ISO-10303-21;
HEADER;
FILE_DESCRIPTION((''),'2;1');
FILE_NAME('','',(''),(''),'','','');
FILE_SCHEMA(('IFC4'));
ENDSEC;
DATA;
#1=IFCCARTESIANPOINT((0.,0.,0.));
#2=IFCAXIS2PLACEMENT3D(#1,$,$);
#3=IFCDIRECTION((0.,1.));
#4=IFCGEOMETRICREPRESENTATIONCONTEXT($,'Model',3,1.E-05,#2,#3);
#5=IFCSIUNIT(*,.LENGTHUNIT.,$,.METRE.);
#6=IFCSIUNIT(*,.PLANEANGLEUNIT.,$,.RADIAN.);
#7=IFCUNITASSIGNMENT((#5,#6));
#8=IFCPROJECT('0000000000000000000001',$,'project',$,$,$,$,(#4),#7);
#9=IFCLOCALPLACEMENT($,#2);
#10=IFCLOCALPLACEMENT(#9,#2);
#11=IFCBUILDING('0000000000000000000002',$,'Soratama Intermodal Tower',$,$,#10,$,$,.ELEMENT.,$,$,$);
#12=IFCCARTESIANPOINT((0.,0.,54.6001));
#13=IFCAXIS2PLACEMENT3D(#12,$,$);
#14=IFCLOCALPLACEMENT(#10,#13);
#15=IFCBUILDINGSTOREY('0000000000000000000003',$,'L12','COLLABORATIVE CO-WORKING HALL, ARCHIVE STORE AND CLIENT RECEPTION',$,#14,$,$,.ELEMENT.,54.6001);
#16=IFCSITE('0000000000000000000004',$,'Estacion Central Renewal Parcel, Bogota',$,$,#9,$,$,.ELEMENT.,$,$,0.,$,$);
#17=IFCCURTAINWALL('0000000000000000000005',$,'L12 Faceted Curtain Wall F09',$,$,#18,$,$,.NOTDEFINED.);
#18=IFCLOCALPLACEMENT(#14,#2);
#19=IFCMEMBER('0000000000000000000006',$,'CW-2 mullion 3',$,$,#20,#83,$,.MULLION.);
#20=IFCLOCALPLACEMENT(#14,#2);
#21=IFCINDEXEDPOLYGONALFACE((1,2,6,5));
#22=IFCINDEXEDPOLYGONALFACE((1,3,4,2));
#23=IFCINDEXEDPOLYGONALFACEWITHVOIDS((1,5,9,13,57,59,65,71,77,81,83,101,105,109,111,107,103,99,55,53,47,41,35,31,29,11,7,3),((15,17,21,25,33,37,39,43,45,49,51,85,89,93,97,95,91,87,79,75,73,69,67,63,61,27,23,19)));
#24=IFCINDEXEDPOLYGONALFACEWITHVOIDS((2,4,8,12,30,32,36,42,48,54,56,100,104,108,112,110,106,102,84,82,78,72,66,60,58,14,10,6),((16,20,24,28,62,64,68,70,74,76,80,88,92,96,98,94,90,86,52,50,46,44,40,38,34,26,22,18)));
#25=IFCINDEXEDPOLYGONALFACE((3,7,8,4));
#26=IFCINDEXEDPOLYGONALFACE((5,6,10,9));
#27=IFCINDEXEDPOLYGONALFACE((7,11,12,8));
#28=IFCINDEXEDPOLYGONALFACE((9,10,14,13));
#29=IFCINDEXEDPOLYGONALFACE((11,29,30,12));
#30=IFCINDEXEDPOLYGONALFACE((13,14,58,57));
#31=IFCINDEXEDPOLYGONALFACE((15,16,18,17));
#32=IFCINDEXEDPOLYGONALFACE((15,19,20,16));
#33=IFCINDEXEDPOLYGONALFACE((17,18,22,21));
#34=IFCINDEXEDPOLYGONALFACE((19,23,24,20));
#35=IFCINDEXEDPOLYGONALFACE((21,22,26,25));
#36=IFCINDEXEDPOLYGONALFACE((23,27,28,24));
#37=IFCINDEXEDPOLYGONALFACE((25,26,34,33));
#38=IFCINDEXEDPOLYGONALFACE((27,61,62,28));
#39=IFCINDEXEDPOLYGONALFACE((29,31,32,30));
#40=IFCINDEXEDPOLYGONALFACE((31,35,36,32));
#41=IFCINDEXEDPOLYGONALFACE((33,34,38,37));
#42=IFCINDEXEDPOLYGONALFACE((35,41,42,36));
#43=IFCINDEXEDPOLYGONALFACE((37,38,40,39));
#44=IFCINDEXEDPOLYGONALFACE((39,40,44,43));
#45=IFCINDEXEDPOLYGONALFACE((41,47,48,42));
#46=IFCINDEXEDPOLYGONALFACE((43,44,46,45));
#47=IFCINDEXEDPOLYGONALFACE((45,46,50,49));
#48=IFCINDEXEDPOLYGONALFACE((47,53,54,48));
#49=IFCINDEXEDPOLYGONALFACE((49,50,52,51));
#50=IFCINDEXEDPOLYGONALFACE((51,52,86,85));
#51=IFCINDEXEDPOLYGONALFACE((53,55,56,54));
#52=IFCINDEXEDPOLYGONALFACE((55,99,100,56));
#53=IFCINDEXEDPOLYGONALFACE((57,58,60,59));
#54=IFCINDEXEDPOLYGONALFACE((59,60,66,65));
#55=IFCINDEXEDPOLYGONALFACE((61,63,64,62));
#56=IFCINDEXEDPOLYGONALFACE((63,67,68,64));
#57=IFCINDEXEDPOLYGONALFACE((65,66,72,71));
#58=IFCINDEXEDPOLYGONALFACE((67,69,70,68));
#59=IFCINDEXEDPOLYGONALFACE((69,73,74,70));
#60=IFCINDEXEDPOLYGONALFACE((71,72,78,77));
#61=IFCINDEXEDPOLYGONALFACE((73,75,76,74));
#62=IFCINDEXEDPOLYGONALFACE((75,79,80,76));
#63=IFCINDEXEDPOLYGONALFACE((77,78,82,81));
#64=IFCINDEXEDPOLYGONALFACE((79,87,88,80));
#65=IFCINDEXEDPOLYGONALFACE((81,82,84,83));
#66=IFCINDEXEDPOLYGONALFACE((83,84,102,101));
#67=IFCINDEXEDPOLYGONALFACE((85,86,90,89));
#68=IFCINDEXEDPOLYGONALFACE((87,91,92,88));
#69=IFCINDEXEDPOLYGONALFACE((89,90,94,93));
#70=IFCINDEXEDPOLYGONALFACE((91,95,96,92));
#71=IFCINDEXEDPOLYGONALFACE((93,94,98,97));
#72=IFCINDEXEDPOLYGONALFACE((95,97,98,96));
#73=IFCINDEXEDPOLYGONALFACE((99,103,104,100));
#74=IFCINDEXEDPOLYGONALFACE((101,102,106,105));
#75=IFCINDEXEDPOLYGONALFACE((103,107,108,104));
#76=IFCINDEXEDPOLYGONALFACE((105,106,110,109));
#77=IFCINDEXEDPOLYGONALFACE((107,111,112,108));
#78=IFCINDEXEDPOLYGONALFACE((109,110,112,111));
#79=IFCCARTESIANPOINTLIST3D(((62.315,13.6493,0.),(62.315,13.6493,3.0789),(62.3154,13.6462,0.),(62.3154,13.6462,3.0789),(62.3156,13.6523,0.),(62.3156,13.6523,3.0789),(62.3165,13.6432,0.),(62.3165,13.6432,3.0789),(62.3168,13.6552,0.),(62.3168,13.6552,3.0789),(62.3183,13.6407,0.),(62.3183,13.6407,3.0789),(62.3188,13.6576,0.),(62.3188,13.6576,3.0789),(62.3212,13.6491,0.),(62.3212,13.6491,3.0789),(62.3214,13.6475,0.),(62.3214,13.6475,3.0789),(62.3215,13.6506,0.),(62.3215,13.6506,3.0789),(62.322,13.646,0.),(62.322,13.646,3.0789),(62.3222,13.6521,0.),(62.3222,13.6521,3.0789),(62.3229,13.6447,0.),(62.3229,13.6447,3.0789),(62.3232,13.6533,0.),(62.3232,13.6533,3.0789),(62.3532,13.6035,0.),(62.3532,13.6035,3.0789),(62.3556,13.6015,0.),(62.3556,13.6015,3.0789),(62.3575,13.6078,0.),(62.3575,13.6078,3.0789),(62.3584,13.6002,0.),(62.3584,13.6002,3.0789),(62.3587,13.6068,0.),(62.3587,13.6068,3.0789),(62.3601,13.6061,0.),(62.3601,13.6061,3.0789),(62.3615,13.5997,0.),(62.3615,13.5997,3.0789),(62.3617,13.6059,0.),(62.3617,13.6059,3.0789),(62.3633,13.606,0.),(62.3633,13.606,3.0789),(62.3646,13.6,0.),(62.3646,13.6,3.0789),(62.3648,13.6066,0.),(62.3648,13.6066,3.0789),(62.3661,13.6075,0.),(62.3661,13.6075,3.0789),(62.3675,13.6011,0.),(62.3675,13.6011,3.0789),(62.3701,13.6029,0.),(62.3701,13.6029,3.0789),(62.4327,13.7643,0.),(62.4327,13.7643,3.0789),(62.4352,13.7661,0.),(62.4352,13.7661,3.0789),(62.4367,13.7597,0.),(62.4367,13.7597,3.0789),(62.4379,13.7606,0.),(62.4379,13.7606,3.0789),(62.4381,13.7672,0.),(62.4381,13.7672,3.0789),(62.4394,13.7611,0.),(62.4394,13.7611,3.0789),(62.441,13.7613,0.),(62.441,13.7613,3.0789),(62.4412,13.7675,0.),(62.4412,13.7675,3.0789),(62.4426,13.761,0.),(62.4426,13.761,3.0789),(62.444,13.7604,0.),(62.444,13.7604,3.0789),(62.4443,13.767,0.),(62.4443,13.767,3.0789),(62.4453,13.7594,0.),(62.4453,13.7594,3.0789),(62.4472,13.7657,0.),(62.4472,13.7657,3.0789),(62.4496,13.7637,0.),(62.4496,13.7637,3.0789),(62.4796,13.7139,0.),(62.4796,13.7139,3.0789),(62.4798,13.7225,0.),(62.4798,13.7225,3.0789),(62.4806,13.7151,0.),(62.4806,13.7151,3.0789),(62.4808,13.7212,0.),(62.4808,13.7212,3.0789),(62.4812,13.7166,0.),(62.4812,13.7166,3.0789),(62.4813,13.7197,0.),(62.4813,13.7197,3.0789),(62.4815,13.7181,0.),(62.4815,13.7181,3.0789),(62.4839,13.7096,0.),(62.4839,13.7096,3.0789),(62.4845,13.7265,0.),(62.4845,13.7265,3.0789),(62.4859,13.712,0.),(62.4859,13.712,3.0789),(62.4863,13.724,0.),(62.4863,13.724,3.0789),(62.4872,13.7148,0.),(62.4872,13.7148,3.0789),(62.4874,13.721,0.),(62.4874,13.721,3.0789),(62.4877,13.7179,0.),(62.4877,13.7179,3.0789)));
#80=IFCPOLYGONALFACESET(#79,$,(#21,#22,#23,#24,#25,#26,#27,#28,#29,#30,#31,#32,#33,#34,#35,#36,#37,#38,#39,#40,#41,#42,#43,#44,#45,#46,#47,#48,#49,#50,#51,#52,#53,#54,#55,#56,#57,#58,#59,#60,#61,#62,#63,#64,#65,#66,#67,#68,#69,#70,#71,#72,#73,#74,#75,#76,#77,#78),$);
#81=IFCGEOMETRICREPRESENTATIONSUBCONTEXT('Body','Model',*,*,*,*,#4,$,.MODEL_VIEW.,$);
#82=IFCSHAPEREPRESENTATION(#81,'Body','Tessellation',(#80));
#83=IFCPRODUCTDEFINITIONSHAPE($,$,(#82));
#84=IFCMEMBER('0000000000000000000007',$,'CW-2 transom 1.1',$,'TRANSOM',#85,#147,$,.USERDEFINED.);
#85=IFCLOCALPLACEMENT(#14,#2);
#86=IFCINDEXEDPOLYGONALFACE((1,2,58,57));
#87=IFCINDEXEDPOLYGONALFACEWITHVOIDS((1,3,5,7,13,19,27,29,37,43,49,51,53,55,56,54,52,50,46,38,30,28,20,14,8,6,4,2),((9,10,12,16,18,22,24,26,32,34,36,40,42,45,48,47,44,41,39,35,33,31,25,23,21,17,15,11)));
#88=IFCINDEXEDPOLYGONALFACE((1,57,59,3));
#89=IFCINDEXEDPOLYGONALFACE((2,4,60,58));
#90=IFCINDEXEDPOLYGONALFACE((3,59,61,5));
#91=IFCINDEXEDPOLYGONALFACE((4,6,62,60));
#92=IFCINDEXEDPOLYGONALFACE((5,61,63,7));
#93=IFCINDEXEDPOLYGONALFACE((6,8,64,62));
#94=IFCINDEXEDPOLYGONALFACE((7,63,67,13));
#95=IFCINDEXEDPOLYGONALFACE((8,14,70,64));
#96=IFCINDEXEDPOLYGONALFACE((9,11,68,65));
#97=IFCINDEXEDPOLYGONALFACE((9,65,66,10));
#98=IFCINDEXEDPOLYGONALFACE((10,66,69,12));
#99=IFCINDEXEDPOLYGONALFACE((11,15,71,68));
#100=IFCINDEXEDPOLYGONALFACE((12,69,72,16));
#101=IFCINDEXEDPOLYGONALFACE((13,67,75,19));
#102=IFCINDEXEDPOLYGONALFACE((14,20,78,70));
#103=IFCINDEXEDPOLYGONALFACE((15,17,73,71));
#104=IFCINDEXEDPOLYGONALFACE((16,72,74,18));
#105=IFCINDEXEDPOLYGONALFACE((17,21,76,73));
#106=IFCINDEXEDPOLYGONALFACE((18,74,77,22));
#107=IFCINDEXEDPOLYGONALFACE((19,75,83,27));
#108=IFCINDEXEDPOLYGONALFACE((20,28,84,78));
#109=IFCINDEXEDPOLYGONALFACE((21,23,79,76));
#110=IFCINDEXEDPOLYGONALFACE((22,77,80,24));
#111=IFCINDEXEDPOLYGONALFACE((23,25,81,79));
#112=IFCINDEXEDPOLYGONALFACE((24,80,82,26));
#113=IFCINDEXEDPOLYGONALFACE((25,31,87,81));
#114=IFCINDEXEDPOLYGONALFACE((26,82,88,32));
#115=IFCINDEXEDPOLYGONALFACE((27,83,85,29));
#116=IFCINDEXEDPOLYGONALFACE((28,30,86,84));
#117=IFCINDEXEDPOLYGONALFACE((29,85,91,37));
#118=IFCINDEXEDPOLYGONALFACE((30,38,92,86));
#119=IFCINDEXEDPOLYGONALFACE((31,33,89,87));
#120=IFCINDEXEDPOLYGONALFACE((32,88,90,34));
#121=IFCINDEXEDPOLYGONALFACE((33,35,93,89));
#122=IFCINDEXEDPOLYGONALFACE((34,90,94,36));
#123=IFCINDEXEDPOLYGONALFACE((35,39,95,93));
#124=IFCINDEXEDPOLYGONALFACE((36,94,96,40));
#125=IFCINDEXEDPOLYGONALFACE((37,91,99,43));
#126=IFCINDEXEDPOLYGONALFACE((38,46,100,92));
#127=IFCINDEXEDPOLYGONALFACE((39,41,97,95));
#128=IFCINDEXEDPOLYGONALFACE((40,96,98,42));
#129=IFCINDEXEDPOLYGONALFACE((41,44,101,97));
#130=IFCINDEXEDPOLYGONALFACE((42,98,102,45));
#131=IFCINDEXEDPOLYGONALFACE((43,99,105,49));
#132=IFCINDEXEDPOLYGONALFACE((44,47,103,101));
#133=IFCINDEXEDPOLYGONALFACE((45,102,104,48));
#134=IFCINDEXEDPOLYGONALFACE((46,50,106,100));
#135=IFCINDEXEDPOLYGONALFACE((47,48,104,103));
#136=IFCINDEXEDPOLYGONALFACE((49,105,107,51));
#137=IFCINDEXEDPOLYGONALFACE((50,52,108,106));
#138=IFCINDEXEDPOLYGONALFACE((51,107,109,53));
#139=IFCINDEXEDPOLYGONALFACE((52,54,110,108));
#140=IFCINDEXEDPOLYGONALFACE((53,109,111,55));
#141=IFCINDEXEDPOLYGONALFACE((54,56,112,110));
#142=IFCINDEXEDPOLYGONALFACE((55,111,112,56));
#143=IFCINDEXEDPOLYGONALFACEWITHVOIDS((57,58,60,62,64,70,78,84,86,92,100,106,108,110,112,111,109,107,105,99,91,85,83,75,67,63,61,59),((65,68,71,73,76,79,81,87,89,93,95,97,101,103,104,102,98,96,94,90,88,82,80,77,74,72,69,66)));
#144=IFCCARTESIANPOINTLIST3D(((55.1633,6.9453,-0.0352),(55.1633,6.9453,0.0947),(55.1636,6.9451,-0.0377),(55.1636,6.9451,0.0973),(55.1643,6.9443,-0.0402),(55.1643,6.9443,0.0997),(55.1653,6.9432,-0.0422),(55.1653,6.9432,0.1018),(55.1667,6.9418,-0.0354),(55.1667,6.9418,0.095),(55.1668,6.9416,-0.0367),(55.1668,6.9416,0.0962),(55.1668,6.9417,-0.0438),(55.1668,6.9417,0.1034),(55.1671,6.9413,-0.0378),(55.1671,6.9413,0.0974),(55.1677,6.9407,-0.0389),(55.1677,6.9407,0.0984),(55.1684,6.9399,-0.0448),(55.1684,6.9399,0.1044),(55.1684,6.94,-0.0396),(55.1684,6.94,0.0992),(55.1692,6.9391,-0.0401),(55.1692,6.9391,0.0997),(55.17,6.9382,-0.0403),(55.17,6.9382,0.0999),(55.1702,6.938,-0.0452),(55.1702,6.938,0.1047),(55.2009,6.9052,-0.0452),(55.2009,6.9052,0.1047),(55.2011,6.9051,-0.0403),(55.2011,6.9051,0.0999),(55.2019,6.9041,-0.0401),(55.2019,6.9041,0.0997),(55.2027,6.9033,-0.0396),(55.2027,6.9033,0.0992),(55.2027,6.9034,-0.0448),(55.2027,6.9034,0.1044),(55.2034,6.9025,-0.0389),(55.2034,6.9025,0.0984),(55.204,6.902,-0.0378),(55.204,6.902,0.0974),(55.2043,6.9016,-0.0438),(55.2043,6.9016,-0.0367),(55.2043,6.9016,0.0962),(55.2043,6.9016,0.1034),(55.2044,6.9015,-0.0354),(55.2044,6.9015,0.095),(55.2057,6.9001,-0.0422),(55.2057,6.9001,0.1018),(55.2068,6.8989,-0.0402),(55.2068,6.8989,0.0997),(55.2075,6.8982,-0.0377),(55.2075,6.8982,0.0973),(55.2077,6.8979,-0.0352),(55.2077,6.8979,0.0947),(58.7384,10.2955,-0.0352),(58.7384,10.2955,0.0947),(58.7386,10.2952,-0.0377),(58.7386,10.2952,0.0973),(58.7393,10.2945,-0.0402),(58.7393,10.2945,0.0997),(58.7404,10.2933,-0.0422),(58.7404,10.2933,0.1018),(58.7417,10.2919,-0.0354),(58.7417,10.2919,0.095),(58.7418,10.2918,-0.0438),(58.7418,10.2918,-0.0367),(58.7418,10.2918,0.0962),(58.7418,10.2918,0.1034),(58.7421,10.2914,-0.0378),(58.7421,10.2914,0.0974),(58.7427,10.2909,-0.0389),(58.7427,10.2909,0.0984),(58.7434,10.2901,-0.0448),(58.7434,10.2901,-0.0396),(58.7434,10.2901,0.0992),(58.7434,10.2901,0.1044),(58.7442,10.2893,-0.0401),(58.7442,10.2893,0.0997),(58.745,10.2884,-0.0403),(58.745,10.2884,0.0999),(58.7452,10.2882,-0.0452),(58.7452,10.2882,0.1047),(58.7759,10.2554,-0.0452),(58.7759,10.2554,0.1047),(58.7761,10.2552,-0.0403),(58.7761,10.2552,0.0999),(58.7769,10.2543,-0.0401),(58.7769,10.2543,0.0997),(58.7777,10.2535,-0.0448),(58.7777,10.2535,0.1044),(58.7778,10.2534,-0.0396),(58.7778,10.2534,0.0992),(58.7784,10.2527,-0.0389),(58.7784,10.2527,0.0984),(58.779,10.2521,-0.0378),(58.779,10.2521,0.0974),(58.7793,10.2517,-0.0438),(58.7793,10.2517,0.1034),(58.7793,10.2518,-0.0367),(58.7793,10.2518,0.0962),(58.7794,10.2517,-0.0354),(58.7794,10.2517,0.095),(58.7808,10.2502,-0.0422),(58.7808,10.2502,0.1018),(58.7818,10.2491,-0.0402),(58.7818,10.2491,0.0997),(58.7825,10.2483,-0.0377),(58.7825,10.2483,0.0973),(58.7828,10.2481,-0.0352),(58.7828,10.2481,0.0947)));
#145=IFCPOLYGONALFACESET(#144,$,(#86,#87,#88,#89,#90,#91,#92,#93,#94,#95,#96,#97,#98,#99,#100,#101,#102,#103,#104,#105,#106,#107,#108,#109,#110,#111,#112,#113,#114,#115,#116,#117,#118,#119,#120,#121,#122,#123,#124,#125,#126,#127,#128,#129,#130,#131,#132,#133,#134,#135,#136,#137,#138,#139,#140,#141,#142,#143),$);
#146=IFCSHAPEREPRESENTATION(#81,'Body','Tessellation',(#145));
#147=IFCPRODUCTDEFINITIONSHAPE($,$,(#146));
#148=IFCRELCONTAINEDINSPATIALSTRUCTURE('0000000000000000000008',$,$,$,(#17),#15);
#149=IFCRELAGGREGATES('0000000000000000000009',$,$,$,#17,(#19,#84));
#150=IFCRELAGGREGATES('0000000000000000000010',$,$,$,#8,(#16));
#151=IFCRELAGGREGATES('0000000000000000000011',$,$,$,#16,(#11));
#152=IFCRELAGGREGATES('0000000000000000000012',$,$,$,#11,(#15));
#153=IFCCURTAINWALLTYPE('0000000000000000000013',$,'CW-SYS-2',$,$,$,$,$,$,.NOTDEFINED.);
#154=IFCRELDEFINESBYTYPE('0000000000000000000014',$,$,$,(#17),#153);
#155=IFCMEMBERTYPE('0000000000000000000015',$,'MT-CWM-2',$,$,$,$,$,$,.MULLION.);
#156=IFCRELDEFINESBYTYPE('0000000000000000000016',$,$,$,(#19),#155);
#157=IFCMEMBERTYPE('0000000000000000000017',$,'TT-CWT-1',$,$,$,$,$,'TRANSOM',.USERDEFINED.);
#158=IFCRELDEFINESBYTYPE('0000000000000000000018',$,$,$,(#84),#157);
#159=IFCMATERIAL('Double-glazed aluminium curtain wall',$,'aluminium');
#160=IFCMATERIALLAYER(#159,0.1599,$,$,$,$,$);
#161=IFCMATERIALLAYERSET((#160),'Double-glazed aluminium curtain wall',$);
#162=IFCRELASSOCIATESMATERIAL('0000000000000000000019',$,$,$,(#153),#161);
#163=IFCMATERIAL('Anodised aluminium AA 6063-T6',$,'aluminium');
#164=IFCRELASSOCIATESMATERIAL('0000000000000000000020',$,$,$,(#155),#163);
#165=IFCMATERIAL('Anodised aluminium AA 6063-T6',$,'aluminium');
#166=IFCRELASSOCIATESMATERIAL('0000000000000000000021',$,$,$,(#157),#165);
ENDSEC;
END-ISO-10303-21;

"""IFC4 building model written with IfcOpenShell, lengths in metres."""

from ifc_helpers import new_model, si_unit, direction, frame, origin, origin_2d, place, context, subcontext, project, spatial, hollow_rectangle, extrude, material, layer, layer_set, material_profile, profile_set, type_object, element, aggregate, save


model = new_model("IFC4")

# Units and contexts
model_context = context("Model", 3, precision=1e-05, world=origin(), true_north=direction((0.0, 1.0)))
body_context = subcontext(model_context, "Body", "Model", "MODEL_VIEW")
ifc_project = project(units=[si_unit("LENGTHUNIT", "METRE"), si_unit("PLANEANGLEUNIT", "RADIAN")], contexts=[model_context])

# Site, building, storey
site_placement = place(None, origin())
site = spatial("IfcSite", under=ifc_project, at=site_placement, Name="Estacion Central Renewal Parcel, Bogota", CompositionType="ELEMENT", RefElevation=0.0)
building_placement = place(site_placement, origin())
building = spatial("IfcBuilding", under=site, at=building_placement, Name="Soratama Intermodal Tower", CompositionType="ELEMENT")
storey_placement = place(building_placement, frame((0.0, 0.0, 54.6001)))
storey = spatial("IfcBuildingStorey", under=building, at=storey_placement, Name="L12", Description="COLLABORATIVE CO-WORKING HALL, ARCHIVE STORE AND CLIENT RECEPTION", CompositionType="ELEMENT", Elevation=54.6001)

# Curtain wall, members
ifc_material_1 = material(Name="Double-glazed aluminium curtain wall", Category="aluminium")
ifc_layer_1 = layer(ifc_material_1, 0.1599)
ifc_layer_set_1 = layer_set([ifc_layer_1], Name="Double-glazed aluminium curtain wall")
curtain_wall_type = type_object("IfcCurtainWallType", Name="CW-SYS-2", PredefinedType="NOTDEFINED", material=ifc_layer_set_1)
curtain_wall_placement = place(storey_placement, origin())
curtain_wall = element("IfcCurtainWall", 1, at=curtain_wall_placement, inside=storey, type_object=curtain_wall_type, Name="L12 Faceted Curtain Wall F09", PredefinedType="NOTDEFINED")
ifc_material_2 = material(Name="Anodised aluminium AA 6063-T6", Category="aluminium")
ifc_material_profile_1 = material_profile(ifc_material_2, hollow_rectangle(XDim=0.075, YDim=0.1799, WallThickness=0.0061, InnerFilletRadius=0.0061, OuterFilletRadius=0.012, at=origin_2d()), Name="CWM180X75X6")
ifc_profile_set_1 = profile_set([ifc_material_profile_1], Name="Anodised aluminium AA 6063-T6")
member_type_1 = type_object("IfcMemberType", Name="MT-CWM-2", PredefinedType="MULLION", material=ifc_profile_set_1)
member_1_placement = place(storey_placement, frame((62.4014, 13.6836, 0.0), z_axis=(0.0, 0.0, 1.0), x_axis=(-0.683786, 0.729682, 0.0)))
member_1 = element("IfcMember", 2, at=member_1_placement, type_object=member_type_1, Name="CW-2 mullion 3", PredefinedType="MULLION", context=body_context, shape_type="SweptSolid", body=[
    extrude(hollow_rectangle(XDim=0.075, YDim=0.1799, WallThickness=0.0061, InnerFilletRadius=0.0061, OuterFilletRadius=0.012, at=origin_2d()), origin(), (0.0, 0.0, 1.0), 3.0789),
])
ifc_material_3 = material(Name="Anodised aluminium AA 6063-T6", Category="aluminium")
ifc_material_profile_2 = material_profile(ifc_material_3, hollow_rectangle(XDim=0.0649, YDim=0.1499, WallThickness=0.0049, InnerFilletRadius=0.0049, OuterFilletRadius=0.01, at=origin_2d()), Name="CWT150X65X5")
ifc_profile_set_2 = profile_set([ifc_material_profile_2], Name="Anodised aluminium AA 6063-T6")
member_type_2 = type_object("IfcMemberType", Name="TT-CWT-1", ElementType="TRANSOM", PredefinedType="USERDEFINED", material=ifc_profile_set_2)
member_2_placement = place(storey_placement, frame((55.1855, 6.9216, 0.0298), z_axis=(0.729682, 0.683787, 0.0), x_axis=(-0.683787, 0.729682, 0.0)))
member_2 = element("IfcMember", 3, at=member_2_placement, type_object=member_type_2, Name="CW-2 transom 1.1", ObjectType="TRANSOM", PredefinedType="USERDEFINED", context=body_context, shape_type="SweptSolid", body=[
    extrude(hollow_rectangle(XDim=0.0649, YDim=0.1499, WallThickness=0.0049, InnerFilletRadius=0.0049, OuterFilletRadius=0.01, at=origin_2d()), origin(), (0.0, 0.0, 1.0), 4.8994),
])
aggregate(curtain_wall, [member_1, member_2])

save(model, "model.ifc")
